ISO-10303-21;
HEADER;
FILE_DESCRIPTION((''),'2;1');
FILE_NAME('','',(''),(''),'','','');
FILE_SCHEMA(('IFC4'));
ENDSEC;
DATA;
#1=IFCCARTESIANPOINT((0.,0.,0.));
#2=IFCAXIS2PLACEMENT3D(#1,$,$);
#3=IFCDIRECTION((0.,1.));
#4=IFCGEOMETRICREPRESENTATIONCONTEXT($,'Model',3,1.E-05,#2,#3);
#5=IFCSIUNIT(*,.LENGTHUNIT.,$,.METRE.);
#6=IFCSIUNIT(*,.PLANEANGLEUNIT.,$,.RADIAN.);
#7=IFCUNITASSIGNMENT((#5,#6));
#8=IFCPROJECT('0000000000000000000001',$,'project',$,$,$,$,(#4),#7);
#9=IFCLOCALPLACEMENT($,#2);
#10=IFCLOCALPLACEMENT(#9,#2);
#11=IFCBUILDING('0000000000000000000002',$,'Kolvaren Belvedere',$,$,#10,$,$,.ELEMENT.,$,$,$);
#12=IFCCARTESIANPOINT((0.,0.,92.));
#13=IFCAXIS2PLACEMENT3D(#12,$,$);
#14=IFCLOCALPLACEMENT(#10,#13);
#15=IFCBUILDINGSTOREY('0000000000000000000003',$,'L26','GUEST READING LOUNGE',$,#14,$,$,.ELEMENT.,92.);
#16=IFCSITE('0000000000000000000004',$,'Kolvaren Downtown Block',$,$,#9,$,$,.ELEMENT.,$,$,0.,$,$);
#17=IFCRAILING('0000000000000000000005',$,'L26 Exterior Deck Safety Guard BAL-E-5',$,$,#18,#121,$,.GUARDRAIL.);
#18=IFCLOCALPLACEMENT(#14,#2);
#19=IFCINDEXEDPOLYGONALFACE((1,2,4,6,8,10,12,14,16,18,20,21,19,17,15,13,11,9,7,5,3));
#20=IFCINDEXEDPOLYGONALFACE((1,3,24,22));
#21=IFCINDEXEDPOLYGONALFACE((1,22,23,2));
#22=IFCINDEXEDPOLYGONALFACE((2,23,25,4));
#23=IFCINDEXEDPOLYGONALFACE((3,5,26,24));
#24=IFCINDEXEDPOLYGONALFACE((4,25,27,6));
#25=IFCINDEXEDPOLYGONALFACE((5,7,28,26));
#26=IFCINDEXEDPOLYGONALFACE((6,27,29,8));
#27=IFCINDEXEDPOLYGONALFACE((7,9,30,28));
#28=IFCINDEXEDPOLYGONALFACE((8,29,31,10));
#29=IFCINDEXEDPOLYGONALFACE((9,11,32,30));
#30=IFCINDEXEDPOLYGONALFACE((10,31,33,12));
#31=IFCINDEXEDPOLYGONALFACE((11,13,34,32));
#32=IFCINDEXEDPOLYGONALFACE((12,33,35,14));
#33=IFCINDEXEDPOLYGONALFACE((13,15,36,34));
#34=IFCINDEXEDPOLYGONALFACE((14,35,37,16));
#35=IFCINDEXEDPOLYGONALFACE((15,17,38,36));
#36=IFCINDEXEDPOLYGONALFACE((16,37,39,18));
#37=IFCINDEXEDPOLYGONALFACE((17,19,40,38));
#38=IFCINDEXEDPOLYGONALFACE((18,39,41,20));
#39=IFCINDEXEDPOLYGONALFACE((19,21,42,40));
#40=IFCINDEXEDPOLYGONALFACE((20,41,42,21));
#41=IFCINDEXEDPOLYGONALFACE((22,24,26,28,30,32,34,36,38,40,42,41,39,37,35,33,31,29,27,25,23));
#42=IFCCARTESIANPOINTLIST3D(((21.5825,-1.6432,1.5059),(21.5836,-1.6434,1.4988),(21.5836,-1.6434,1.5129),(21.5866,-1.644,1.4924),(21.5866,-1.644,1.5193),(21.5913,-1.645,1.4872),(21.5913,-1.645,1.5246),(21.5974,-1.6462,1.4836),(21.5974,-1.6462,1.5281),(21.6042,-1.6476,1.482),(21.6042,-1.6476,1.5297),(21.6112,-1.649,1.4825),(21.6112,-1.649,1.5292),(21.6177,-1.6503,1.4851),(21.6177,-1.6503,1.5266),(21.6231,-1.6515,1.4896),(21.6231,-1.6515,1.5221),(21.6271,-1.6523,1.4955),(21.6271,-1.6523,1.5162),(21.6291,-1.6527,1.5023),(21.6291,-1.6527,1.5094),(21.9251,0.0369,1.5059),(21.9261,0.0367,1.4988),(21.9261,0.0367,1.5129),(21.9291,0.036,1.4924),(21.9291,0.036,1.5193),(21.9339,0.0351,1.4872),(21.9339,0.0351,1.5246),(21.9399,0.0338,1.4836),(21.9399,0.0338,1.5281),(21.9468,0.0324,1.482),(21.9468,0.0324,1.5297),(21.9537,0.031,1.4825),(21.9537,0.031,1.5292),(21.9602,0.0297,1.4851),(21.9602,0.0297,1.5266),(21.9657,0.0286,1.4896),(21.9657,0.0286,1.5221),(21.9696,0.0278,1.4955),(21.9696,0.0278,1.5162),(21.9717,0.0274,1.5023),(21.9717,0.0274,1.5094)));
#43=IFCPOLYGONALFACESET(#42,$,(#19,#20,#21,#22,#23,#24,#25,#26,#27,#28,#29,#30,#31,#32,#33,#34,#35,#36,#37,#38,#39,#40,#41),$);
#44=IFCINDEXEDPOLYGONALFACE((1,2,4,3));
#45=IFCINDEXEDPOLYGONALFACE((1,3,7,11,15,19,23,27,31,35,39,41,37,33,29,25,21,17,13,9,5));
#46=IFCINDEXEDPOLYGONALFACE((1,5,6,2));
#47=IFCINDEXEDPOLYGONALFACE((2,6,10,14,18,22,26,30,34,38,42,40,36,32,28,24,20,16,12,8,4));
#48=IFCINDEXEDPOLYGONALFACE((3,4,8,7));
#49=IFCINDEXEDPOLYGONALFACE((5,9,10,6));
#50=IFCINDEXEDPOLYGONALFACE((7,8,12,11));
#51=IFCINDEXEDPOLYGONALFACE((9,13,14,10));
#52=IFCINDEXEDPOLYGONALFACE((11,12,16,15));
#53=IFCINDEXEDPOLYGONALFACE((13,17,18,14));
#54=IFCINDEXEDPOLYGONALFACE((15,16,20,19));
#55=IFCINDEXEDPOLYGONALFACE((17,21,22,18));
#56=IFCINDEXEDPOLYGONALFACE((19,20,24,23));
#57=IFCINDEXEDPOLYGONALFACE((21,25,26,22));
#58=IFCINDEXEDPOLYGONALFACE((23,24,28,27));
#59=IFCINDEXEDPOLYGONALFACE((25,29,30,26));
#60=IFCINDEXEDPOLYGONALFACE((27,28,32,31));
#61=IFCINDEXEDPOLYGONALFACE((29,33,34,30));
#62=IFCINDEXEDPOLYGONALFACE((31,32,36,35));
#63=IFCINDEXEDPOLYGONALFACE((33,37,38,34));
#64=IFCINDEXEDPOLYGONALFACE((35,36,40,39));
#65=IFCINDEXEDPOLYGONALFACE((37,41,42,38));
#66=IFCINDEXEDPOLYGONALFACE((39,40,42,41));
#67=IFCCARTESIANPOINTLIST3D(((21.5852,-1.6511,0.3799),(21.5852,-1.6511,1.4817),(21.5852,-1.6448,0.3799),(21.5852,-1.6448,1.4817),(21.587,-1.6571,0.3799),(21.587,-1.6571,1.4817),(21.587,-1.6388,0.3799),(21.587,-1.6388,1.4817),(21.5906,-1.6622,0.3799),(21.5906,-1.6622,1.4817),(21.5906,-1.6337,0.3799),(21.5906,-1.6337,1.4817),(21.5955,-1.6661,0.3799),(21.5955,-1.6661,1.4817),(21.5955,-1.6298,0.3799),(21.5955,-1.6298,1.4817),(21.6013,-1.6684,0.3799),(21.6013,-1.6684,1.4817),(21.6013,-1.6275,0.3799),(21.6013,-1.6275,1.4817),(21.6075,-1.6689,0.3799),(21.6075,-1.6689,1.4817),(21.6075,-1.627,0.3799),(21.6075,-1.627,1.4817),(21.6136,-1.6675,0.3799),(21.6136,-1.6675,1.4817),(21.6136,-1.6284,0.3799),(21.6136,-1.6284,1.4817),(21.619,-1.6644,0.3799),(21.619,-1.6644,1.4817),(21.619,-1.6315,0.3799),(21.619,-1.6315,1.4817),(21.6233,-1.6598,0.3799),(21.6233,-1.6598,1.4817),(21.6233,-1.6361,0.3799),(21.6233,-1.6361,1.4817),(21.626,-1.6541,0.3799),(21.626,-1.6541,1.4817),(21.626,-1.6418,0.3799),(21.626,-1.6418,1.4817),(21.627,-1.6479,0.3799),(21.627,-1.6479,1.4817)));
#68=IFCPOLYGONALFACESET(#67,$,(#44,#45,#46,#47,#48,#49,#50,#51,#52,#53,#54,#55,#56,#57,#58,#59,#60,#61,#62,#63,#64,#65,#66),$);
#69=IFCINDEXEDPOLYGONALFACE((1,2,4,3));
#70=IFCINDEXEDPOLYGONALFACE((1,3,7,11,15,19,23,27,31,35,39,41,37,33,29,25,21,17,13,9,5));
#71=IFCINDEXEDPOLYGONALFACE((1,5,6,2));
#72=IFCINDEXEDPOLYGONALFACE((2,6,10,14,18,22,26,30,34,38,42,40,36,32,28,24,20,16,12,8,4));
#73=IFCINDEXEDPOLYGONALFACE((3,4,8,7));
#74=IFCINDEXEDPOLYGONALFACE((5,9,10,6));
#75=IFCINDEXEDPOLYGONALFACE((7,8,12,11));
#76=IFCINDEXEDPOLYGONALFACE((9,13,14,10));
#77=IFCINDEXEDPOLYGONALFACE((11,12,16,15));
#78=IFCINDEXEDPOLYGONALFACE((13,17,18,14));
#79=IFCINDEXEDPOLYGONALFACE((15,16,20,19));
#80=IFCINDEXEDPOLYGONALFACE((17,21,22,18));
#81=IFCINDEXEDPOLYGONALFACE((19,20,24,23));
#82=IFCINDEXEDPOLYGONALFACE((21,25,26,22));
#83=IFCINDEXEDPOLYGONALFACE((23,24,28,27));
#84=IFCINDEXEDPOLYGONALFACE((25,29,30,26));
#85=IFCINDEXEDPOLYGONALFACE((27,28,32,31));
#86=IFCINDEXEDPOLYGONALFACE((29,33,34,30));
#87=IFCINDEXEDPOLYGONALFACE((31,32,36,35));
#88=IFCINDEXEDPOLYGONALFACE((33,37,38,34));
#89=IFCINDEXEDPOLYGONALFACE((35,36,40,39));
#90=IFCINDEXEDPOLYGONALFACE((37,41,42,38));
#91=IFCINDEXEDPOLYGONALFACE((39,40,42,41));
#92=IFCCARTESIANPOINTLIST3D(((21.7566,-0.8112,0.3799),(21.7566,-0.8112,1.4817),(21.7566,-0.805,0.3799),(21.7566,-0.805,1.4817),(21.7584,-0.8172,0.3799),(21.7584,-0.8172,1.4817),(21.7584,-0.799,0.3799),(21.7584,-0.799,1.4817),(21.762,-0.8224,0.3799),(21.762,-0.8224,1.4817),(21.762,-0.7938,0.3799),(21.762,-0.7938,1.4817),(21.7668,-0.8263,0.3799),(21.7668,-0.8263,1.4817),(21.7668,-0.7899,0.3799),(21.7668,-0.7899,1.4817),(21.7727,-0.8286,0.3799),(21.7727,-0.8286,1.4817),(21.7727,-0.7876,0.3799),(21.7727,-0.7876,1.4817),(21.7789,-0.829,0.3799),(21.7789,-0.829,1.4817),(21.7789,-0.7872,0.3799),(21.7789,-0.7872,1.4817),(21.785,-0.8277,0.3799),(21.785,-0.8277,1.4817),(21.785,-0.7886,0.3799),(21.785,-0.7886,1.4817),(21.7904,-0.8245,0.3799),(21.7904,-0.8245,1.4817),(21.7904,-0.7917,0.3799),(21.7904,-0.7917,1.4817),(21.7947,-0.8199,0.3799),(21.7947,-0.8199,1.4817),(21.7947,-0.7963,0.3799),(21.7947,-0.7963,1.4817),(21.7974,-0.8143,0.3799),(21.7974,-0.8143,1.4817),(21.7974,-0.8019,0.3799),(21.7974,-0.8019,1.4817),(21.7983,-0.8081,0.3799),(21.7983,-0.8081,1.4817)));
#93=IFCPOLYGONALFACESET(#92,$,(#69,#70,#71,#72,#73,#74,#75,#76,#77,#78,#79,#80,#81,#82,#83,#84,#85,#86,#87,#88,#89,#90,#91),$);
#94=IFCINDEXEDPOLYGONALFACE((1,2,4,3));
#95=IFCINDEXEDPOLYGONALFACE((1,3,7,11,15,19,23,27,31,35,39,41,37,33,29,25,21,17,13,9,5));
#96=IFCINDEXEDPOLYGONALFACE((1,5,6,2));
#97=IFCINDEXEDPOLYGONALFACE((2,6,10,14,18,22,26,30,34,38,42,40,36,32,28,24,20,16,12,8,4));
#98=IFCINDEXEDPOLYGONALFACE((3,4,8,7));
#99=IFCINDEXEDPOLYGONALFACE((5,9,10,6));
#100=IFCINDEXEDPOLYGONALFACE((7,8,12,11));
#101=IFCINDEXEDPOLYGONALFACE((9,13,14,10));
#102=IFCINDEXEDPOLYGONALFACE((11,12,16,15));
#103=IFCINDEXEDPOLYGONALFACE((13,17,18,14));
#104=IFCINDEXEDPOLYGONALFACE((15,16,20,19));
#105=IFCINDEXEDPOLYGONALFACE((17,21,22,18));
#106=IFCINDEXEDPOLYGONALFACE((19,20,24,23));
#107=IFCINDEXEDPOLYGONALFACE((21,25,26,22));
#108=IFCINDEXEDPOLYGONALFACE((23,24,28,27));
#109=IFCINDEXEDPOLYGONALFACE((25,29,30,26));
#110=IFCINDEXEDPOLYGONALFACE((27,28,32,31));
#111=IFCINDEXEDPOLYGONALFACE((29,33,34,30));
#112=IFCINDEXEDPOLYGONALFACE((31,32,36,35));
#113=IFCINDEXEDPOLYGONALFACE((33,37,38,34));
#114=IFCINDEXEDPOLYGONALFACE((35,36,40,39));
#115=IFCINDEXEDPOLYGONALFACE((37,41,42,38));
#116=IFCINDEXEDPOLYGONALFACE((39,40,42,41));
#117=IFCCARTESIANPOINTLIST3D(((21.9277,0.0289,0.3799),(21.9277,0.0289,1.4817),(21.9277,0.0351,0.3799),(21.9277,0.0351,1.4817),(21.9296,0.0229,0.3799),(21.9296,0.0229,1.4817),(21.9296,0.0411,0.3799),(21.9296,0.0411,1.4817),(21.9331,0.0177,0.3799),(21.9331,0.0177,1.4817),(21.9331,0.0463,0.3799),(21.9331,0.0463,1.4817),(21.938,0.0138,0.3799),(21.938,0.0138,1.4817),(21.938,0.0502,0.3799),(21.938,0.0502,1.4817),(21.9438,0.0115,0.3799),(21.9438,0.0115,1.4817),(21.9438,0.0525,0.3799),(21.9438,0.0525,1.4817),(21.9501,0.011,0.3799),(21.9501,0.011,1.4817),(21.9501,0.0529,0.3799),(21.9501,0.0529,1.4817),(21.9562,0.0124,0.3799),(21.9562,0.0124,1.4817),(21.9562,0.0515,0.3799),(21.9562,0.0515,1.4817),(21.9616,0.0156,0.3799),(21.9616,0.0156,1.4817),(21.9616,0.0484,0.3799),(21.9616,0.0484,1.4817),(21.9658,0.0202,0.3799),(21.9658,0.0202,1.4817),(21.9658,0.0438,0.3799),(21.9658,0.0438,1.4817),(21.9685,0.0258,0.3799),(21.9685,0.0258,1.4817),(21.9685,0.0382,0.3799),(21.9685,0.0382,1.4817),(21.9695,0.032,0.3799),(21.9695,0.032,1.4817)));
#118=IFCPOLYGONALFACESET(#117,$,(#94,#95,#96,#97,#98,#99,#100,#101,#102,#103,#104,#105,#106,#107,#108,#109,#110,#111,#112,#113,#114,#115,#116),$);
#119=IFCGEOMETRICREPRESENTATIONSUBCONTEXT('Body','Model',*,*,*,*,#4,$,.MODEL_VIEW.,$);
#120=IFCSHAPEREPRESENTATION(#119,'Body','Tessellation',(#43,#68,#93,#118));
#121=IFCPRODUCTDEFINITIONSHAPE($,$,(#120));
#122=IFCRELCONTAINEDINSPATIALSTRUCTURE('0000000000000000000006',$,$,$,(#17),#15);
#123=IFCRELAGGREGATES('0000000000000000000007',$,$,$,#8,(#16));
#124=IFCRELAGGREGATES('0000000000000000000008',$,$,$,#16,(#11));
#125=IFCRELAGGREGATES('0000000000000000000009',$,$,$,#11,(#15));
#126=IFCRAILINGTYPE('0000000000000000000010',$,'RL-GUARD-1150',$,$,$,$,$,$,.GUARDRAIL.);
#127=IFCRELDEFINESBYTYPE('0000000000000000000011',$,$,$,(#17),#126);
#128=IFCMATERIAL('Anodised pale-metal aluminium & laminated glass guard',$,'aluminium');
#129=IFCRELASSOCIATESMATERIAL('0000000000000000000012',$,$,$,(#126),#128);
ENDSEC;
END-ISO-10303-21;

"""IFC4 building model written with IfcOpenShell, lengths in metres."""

from ifc_helpers import new_model, si_unit, direction, frame, origin, origin_2d, place, context, subcontext, project, spatial, circle, extrude, material, type_object, element, save


model = new_model("IFC4")

# Units and contexts
model_context = context("Model", 3, precision=1e-05, world=origin(), true_north=direction((0.0, 1.0)))
body_context = subcontext(model_context, "Body", "Model", "MODEL_VIEW")
ifc_project = project(units=[si_unit("LENGTHUNIT", "METRE"), si_unit("PLANEANGLEUNIT", "RADIAN")], contexts=[model_context])

# Site, building, storey
site_placement = place(None, origin())
site = spatial("IfcSite", under=ifc_project, at=site_placement, Name="Kolvaren Downtown Block", CompositionType="ELEMENT", RefElevation=0.0)
building_placement = place(site_placement, origin())
building = spatial("IfcBuilding", under=site, at=building_placement, Name="Kolvaren Belvedere", CompositionType="ELEMENT")
storey_placement = place(building_placement, frame((0.0, 0.0, 92.0)))
storey = spatial("IfcBuildingStorey", under=building, at=storey_placement, Name="L26", Description="GUEST READING LOUNGE", CompositionType="ELEMENT", Elevation=92.0)

# Railing
ifc_material_1 = material(Name="Anodised pale-metal aluminium & laminated glass guard", Category="aluminium")
railing_type = type_object("IfcRailingType", Name="RL-GUARD-1150", PredefinedType="GUARDRAIL", material=ifc_material_1)
railing_1_placement = place(storey_placement, frame((21.606, -1.6479, 0.3799)))
element("IfcRailing", 1, at=railing_1_placement, inside=storey, type_object=railing_type, Name="L26 Exterior Deck Safety Guard BAL-E-5", PredefinedType="GUARDRAIL", context=body_context, shape_type="SweptSolid", body=[
    extrude(circle(Radius=0.0239, at=origin_2d()), frame((0.0, 0.0, 1.126), z_axis=(0.199784, 0.97984, 0.0), x_axis=(-0.97984, 0.199784, 0.0)), (0.0, 0.0, 1.0), 1.7146),
    extrude(circle(Radius=0.021, at=origin_2d()), origin(), (0.0, 0.0, 1.0), 1.1018),
    extrude(circle(Radius=0.021, at=origin_2d()), frame((0.1714, 0.8398, 0.0)), (0.0, 0.0, 1.0), 1.1018),
    extrude(circle(Radius=0.021, at=origin_2d()), frame((0.3425, 1.6799, 0.0)), (0.0, 0.0, 1.0), 1.1018),
])

save(model, "model.ifc")
